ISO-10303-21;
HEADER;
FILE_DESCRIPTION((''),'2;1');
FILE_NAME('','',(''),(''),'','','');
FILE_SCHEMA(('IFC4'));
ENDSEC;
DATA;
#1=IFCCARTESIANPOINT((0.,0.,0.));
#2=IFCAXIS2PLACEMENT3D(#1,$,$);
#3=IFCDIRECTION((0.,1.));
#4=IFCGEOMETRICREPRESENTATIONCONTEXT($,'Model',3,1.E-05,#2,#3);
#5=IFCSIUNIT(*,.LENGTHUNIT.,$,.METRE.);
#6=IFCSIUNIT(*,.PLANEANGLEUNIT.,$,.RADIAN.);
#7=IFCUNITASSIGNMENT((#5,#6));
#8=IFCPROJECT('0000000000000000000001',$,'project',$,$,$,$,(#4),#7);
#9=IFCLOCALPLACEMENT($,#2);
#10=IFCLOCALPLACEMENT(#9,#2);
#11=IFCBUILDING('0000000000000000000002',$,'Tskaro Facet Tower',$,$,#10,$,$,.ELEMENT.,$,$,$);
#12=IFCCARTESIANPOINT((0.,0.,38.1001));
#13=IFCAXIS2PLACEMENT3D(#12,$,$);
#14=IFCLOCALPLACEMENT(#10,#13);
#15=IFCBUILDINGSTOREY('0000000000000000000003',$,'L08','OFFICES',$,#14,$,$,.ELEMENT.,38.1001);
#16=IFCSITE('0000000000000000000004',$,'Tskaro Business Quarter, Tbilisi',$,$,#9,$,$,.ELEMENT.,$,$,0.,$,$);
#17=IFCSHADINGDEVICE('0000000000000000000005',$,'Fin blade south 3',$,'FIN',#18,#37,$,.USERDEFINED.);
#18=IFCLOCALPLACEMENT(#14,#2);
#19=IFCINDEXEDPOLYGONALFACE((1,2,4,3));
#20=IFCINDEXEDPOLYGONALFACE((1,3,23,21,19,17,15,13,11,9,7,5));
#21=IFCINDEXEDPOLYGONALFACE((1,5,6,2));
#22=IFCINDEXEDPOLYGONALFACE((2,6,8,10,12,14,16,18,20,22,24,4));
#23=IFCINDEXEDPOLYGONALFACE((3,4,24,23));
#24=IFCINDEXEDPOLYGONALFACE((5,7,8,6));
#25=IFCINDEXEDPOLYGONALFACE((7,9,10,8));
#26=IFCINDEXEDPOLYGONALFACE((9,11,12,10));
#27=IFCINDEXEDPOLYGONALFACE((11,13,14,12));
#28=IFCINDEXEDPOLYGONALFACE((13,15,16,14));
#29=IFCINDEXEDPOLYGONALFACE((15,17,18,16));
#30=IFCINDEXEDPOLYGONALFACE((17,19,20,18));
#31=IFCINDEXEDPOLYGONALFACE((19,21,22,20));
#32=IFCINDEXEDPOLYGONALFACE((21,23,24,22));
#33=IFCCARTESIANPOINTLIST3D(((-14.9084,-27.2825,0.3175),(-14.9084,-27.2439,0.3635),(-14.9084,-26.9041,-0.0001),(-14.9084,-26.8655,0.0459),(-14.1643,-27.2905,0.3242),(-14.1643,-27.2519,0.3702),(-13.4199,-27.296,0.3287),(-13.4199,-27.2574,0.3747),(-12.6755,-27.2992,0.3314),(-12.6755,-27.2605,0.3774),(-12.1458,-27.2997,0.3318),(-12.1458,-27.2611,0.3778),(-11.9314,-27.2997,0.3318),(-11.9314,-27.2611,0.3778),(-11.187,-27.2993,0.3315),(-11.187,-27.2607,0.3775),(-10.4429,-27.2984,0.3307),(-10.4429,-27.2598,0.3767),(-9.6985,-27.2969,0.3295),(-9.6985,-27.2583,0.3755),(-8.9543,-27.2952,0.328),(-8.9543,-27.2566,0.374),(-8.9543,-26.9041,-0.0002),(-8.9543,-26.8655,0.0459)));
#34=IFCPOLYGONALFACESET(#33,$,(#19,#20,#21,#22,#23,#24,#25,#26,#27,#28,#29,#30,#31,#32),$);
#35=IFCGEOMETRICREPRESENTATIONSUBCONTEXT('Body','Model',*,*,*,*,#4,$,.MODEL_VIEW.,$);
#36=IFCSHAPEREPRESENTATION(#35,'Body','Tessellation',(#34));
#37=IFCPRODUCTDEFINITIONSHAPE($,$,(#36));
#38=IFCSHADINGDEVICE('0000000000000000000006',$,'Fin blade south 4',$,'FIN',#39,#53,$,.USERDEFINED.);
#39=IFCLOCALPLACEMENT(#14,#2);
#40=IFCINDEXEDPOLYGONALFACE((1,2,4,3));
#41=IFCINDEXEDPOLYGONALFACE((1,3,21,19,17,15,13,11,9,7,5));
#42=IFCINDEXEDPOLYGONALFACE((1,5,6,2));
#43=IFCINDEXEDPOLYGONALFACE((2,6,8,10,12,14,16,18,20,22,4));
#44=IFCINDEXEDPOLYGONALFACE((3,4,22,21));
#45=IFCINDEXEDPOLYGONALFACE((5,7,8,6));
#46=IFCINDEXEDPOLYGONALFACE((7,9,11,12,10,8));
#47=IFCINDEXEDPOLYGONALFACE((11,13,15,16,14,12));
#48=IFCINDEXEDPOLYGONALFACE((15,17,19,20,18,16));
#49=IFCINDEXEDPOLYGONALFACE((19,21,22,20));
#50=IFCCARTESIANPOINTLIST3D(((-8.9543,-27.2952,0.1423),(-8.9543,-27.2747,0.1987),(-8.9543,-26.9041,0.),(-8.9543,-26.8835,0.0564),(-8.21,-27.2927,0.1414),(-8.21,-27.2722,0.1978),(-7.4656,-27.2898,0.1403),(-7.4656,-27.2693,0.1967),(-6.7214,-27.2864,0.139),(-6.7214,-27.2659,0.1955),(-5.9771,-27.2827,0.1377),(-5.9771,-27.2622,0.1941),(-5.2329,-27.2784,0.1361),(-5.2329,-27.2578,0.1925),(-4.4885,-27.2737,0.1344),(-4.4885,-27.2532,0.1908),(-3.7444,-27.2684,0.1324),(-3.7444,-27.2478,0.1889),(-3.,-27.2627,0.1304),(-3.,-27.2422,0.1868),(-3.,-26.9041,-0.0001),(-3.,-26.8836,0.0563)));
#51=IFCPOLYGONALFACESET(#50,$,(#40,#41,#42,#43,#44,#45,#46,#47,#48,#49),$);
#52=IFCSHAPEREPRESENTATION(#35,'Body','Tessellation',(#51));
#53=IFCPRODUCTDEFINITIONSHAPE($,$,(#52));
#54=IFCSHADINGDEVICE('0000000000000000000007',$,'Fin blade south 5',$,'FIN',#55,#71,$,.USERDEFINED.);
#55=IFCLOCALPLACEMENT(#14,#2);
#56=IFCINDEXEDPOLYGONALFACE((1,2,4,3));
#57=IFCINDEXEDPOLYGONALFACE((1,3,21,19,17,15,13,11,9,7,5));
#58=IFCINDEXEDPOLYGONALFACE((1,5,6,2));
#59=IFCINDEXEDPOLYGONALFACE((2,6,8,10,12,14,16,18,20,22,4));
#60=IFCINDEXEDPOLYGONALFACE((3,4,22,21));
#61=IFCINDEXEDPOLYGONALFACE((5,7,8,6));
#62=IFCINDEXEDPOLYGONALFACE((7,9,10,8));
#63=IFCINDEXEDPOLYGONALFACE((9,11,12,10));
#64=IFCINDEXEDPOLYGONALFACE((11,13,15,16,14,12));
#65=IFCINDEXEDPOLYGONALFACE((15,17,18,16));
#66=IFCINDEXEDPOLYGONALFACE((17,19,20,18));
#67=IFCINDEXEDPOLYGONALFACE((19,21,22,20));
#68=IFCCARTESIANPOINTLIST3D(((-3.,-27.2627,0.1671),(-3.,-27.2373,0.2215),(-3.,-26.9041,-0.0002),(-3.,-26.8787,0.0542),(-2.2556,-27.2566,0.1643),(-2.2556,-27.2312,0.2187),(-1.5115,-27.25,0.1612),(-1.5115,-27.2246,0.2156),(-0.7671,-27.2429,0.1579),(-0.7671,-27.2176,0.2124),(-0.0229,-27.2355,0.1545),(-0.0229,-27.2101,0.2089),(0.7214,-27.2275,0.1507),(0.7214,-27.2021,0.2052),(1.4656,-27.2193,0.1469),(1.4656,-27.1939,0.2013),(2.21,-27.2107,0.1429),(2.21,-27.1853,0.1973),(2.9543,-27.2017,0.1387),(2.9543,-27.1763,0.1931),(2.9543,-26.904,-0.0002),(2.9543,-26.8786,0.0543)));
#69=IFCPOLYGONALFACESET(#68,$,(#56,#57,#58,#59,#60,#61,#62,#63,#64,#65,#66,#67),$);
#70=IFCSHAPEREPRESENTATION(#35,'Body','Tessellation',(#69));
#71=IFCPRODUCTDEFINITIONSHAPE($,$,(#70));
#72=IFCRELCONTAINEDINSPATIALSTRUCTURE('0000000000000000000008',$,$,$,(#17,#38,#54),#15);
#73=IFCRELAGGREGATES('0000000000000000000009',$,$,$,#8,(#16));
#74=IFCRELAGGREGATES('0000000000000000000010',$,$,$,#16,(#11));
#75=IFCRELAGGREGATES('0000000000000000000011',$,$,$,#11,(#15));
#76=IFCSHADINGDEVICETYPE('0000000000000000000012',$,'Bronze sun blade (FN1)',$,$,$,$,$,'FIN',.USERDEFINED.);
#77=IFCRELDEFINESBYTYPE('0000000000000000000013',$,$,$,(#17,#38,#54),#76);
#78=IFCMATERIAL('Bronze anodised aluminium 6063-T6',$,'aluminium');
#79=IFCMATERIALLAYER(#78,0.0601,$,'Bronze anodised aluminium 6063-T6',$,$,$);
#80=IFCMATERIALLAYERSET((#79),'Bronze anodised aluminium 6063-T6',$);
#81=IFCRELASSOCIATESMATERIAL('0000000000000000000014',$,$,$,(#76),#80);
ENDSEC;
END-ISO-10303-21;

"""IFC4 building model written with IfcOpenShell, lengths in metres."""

from ifc_helpers import new_model, si_unit, direction, frame, origin, place, context, subcontext, project, spatial, polyline, outline, extrude, material, layer, layer_set, type_object, element, save


model = new_model("IFC4")

# Units and contexts
model_context = context("Model", 3, precision=1e-05, world=origin(), true_north=direction((0.0, 1.0)))
body_context = subcontext(model_context, "Body", "Model", "MODEL_VIEW")
ifc_project = project(units=[si_unit("LENGTHUNIT", "METRE"), si_unit("PLANEANGLEUNIT", "RADIAN")], contexts=[model_context])

# Site, building, storey
site_placement = place(None, origin())
site = spatial("IfcSite", under=ifc_project, at=site_placement, Name="Tskaro Business Quarter, Tbilisi", CompositionType="ELEMENT", RefElevation=0.0)
building_placement = place(site_placement, origin())
building = spatial("IfcBuilding", under=site, at=building_placement, Name="Tskaro Facet Tower", CompositionType="ELEMENT")
storey_placement = place(building_placement, frame((0.0, 0.0, 38.1001)))
storey = spatial("IfcBuildingStorey", under=building, at=storey_placement, Name="L08", Description="OFFICES", CompositionType="ELEMENT", Elevation=38.1001)

# Shared definitions
ifc_material_1 = material(Name="Bronze anodised aluminium 6063-T6", Category="aluminium")

# Shading devices
ifc_layer_1 = layer(ifc_material_1, 0.0601, Name="Bronze anodised aluminium 6063-T6")
ifc_layer_set_1 = layer_set([ifc_layer_1], Name="Bronze anodised aluminium 6063-T6")
shading_device_type = type_object("IfcShadingDeviceType", Name="Bronze sun blade (FN1)", ElementType="FIN", PredefinedType="USERDEFINED", material=ifc_layer_set_1)
shading_device_1_placement = place(storey_placement, frame((-14.9084, -26.8655, 0.0459), z_axis=(0.00001, 0.642799, 0.766035), x_axis=(1.0, -0.000006, -0.000008)))
element("IfcShadingDevice", 1, at=shading_device_1_placement, inside=storey, type_object=shading_device_type, Name="Fin blade south 3", ObjectType="FIN", PredefinedType="USERDEFINED", context=body_context, shape_type="SweptSolid", body=[
    extrude(outline(polyline([(0.0, 0.0), (5.9541, 0.0), (5.9541, -0.5105), (5.21, -0.5128), (4.4656, -0.5147), (3.7214, -0.5159), (2.9771, -0.5164), (2.7627, -0.5164), (2.2329, -0.5157), (1.4885, -0.5116), (0.7441, -0.5045), (0.0, -0.4941), (0.0, 0.0)])), origin(), (0.0, 0.0, -1.0), 0.0601),
])
shading_device_2_placement = place(storey_placement, frame((-8.9543, -26.8835, 0.0564), z_axis=(0.000011, 0.341923, 0.939728), x_axis=(1.0, -0.000004, -0.000011)))
element("IfcShadingDevice", 2, at=shading_device_2_placement, inside=storey, type_object=shading_device_type, Name="Fin blade south 4", ObjectType="FIN", PredefinedType="USERDEFINED", context=body_context, shape_type="SweptSolid", body=[
    extrude(outline(polyline([(0.0, 0.0), (5.9543, 0.0), (5.9543, -0.3816), (5.21, -0.3876), (4.4658, -0.3933), (3.7214, -0.3983), (2.9773, -0.4029), (2.2329, -0.4069), (1.4888, -0.4105), (0.7444, -0.4136), (0.0, -0.4162), (0.0, 0.0)])), origin(), (0.0, 0.0, -1.0), 0.0601),
])
shading_device_3_placement = place(storey_placement, frame((-3.0, -26.8787, 0.0542), z_axis=(-0.000012, 0.422835, 0.906207), x_axis=(1.0, 0.000005, 0.000011)))
element("IfcShadingDevice", 3, at=shading_device_3_placement, inside=storey, type_object=shading_device_type, Name="Fin blade south 5", ObjectType="FIN", PredefinedType="USERDEFINED", context=body_context, shape_type="SweptSolid", body=[
    extrude(outline(polyline([(0.0, 0.0), (5.9543, 0.0), (5.9543, -0.3284), (5.21, -0.3384), (4.4656, -0.3479), (3.7214, -0.3569), (2.9771, -0.3658), (2.2329, -0.374), (1.4885, -0.3817), (0.7444, -0.3891), (0.0, -0.3957), (0.0, 0.0)])), origin(), (0.0, 0.0, -1.0), 0.0601),
])

save(model, "model.ifc")
